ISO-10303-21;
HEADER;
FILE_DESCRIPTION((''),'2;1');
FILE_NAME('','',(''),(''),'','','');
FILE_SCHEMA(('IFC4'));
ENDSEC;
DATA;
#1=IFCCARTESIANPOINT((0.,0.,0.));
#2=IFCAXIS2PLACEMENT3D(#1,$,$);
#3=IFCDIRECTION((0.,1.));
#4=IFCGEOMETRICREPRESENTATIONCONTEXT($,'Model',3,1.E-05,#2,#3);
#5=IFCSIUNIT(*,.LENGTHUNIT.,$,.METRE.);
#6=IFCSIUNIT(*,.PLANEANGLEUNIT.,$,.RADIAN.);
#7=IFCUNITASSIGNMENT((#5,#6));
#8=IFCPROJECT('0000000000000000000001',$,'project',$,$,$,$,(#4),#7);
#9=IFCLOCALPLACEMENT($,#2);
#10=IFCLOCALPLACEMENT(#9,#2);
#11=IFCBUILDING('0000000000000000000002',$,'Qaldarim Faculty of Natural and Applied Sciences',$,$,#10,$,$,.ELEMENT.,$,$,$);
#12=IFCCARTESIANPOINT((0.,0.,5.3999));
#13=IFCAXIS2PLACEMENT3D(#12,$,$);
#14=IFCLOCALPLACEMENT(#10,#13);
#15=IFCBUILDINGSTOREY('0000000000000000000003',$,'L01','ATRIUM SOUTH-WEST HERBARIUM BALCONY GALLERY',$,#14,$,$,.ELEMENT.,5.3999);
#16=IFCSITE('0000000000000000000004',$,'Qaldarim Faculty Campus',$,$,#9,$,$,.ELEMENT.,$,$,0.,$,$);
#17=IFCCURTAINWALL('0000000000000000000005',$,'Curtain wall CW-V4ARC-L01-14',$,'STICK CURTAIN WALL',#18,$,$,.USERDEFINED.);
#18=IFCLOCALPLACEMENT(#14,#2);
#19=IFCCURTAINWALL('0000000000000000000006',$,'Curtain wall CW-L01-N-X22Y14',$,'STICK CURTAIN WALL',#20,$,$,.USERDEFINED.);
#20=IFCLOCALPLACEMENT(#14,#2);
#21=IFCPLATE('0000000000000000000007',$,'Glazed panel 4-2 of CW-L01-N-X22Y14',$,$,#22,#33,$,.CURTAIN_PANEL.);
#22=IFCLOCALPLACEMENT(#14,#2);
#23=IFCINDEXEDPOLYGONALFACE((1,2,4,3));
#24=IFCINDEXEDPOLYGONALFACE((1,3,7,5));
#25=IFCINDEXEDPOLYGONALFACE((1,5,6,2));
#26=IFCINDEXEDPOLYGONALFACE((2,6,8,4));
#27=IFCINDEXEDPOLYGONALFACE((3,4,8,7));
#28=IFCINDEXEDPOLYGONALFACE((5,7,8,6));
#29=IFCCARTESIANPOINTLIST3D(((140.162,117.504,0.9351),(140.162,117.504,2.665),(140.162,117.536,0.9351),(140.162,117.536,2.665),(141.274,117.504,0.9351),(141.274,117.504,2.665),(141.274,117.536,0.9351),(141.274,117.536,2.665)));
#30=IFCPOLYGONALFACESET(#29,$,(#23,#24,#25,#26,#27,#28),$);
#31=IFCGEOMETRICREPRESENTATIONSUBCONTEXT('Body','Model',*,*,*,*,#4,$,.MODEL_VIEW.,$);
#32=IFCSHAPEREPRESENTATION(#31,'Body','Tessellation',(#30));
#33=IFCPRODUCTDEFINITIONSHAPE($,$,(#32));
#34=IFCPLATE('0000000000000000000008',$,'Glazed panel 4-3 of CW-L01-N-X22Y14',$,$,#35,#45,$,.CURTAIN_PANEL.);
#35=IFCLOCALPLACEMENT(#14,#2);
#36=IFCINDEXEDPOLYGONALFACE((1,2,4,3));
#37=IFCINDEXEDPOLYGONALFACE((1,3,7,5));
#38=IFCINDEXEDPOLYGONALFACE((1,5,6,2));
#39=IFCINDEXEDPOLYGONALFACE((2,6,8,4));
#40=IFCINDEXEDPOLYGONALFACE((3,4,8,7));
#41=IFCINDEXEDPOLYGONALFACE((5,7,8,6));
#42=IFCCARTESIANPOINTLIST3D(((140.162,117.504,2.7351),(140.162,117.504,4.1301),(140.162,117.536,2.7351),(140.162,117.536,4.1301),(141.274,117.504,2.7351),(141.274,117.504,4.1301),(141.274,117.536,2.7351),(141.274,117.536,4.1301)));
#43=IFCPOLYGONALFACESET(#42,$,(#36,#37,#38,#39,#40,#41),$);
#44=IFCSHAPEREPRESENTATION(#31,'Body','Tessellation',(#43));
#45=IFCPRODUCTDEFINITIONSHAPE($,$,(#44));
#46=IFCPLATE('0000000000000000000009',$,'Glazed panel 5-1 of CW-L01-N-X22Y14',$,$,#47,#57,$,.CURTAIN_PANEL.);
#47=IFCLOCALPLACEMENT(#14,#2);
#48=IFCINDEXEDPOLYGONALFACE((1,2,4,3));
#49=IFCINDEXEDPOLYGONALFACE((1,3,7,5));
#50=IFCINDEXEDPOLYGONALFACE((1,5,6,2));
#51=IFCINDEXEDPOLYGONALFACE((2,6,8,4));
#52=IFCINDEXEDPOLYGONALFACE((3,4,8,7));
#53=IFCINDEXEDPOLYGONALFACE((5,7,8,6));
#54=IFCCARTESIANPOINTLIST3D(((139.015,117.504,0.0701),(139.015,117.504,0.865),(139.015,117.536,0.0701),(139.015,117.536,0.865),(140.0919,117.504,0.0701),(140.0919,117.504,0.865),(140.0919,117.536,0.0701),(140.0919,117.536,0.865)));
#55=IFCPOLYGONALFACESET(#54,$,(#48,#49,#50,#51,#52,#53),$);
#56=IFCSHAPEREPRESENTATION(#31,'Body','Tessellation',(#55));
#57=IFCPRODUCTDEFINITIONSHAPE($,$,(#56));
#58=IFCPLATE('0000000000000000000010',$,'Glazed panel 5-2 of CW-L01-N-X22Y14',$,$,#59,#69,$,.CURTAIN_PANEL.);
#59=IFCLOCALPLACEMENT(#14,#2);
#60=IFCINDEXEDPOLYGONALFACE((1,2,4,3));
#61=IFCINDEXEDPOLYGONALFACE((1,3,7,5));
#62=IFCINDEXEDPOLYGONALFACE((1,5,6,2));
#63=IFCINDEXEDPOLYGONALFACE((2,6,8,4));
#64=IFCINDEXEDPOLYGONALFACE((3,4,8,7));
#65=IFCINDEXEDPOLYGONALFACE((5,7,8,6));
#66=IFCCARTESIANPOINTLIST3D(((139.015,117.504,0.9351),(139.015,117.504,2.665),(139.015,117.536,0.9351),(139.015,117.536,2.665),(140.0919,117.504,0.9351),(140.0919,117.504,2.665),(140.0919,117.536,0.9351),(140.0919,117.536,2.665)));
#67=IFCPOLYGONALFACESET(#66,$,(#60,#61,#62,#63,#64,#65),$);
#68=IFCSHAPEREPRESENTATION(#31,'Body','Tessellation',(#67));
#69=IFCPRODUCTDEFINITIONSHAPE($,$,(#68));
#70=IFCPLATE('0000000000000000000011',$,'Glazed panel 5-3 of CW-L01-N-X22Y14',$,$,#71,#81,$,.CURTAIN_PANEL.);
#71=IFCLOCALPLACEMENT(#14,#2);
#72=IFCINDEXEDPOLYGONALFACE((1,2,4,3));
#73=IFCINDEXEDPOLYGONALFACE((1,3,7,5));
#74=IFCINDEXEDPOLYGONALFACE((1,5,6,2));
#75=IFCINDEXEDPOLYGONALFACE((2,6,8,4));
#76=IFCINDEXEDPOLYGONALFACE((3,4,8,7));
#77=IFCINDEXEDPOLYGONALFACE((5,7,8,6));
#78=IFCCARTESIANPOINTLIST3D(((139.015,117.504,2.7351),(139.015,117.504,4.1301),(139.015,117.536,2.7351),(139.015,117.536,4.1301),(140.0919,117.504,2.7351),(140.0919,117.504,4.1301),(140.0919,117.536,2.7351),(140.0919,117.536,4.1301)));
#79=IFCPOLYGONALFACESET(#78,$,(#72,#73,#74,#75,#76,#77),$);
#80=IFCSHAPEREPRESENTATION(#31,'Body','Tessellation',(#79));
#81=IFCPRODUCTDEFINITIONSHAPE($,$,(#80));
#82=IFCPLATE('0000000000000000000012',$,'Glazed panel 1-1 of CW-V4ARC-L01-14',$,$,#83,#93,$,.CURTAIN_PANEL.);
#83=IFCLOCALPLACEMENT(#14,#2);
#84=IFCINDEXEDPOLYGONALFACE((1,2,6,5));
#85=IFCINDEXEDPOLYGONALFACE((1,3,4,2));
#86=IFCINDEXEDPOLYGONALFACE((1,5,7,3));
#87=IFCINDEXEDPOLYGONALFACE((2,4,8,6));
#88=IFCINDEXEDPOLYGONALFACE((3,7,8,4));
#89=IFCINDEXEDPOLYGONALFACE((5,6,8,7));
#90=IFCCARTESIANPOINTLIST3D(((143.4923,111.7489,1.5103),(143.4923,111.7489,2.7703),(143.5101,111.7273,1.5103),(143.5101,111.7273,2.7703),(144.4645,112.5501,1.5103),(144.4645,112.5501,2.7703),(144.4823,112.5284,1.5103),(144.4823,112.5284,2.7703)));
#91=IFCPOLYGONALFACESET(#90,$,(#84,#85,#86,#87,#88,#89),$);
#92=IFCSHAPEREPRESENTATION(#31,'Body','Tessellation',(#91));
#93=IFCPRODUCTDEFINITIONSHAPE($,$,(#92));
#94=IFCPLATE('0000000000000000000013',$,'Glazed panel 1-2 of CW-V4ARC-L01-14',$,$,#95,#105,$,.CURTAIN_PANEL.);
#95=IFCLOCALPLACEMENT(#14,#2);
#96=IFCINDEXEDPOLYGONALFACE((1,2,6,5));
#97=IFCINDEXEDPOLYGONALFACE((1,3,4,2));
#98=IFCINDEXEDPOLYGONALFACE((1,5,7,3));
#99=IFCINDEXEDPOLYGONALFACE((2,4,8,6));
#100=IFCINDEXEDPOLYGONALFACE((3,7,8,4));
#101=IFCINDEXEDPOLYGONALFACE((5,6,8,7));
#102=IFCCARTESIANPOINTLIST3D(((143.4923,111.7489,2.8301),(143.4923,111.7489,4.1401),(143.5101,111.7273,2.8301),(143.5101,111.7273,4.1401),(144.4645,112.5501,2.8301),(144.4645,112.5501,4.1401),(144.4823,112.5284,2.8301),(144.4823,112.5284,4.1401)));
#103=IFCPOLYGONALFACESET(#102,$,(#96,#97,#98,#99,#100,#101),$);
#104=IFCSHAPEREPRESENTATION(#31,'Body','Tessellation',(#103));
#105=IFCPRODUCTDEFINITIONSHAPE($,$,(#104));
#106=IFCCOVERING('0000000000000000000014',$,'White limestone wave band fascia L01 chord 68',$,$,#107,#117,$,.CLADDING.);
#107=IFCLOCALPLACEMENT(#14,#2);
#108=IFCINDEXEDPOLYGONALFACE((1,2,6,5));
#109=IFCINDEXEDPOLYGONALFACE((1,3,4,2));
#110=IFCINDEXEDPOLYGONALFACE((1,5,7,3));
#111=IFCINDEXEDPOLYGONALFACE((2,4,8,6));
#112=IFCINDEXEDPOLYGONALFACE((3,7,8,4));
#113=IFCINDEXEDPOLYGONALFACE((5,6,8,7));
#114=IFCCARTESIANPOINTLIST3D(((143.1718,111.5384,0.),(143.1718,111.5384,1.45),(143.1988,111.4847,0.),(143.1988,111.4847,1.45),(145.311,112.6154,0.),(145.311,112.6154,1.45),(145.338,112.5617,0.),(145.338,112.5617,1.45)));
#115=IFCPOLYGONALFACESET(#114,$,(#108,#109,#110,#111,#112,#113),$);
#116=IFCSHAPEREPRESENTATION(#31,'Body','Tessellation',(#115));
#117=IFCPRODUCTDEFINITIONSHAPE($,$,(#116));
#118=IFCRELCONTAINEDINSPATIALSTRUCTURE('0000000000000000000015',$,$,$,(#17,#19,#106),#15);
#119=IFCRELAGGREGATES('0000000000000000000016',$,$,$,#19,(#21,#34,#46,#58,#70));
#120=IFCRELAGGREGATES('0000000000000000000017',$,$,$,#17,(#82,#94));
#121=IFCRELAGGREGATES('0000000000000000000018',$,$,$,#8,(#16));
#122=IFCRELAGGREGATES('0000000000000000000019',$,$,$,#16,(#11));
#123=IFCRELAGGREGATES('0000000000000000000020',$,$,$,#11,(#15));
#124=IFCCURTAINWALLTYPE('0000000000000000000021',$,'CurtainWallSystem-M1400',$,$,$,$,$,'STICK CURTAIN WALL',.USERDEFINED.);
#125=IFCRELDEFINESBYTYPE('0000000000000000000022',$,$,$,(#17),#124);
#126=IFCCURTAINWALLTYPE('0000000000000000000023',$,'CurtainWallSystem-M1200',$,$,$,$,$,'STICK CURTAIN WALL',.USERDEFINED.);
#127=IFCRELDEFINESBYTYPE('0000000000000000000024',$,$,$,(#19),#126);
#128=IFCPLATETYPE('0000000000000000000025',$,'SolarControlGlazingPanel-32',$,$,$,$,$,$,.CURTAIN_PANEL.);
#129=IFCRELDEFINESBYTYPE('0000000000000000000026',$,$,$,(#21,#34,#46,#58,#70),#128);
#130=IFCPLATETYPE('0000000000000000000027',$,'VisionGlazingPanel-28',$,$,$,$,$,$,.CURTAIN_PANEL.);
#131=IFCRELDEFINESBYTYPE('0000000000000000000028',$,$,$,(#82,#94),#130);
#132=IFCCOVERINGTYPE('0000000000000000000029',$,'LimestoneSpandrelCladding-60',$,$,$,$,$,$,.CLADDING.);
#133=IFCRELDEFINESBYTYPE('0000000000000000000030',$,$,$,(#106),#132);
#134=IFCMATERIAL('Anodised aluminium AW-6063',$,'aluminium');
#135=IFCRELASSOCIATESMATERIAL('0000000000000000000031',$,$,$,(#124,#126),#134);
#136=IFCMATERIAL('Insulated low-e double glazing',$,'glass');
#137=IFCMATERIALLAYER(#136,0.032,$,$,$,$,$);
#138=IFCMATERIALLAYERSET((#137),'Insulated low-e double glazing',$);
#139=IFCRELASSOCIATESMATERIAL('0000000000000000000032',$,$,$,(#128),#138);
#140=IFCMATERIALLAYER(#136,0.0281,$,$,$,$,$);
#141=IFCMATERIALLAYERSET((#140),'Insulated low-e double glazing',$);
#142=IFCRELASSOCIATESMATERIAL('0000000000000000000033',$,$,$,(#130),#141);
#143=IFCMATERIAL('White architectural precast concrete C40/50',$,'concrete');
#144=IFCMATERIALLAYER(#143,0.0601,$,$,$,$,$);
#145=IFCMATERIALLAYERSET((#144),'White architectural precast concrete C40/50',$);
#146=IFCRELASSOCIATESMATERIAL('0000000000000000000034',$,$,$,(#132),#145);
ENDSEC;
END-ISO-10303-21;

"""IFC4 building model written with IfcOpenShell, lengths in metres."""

from ifc_helpers import new_model, si_unit, direction, frame, origin, origin_2d, place, context, subcontext, project, spatial, rectangle, extrude, material, layer, layer_set, type_object, element, aggregate, save


model = new_model("IFC4")

# Units and contexts
model_context = context("Model", 3, precision=1e-05, world=origin(), true_north=direction((0.0, 1.0)))
body_context = subcontext(model_context, "Body", "Model", "MODEL_VIEW")
ifc_project = project(units=[si_unit("LENGTHUNIT", "METRE"), si_unit("PLANEANGLEUNIT", "RADIAN")], contexts=[model_context])

# Site, building, storey
site_placement = place(None, origin())
site = spatial("IfcSite", under=ifc_project, at=site_placement, Name="Qaldarim Faculty Campus", CompositionType="ELEMENT", RefElevation=0.0)
building_placement = place(site_placement, origin())
building = spatial("IfcBuilding", under=site, at=building_placement, Name="Qaldarim Faculty of Natural and Applied Sciences", CompositionType="ELEMENT")
storey_placement = place(building_placement, frame((0.0, 0.0, 5.3999)))
storey = spatial("IfcBuildingStorey", under=building, at=storey_placement, Name="L01", Description="ATRIUM SOUTH-WEST HERBARIUM BALCONY GALLERY", CompositionType="ELEMENT", Elevation=5.3999)

# Curtain wall
ifc_material_1 = material(Name="Anodised aluminium AW-6063", Category="aluminium")
curtain_wall_type_1 = type_object("IfcCurtainWallType", Name="CurtainWallSystem-M1400", ElementType="STICK CURTAIN WALL", PredefinedType="USERDEFINED", material=ifc_material_1)
curtain_wall_1_placement = place(storey_placement, origin())
curtain_wall_1 = element("IfcCurtainWall", 1, at=curtain_wall_1_placement, inside=storey, type_object=curtain_wall_type_1, Name="Curtain wall CW-V4ARC-L01-14", ObjectType="STICK CURTAIN WALL", PredefinedType="USERDEFINED")

# Curtain wall
curtain_wall_type_2 = type_object("IfcCurtainWallType", Name="CurtainWallSystem-M1200", ElementType="STICK CURTAIN WALL", PredefinedType="USERDEFINED", material=ifc_material_1)
curtain_wall_2_placement = place(storey_placement, origin())
curtain_wall_2 = element("IfcCurtainWall", 2, at=curtain_wall_2_placement, inside=storey, type_object=curtain_wall_type_2, Name="Curtain wall CW-L01-N-X22Y14", ObjectType="STICK CURTAIN WALL", PredefinedType="USERDEFINED")

# Plates
ifc_material_2 = material(Name="Insulated low-e double glazing", Category="glass")
ifc_layer_1 = layer(ifc_material_2, 0.032)
ifc_layer_set_1 = layer_set([ifc_layer_1], Name="Insulated low-e double glazing")
plate_type_1 = type_object("IfcPlateType", Name="SolarControlGlazingPanel-32", PredefinedType="CURTAIN_PANEL", material=ifc_layer_set_1)
plate_1_placement = place(storey_placement, frame((140.718, 117.52, 0.9351), z_axis=(0.0, 0.0, 1.0), x_axis=(-1.0, 0.0, 0.0)))
plate_1 = element("IfcPlate", 3, at=plate_1_placement, type_object=plate_type_1, Name="Glazed panel 4-2 of CW-L01-N-X22Y14", PredefinedType="CURTAIN_PANEL", context=body_context, shape_type="SweptSolid", body=[
    extrude(rectangle(XDim=1.1121, YDim=0.032, at=origin_2d()), origin(), (0.0, 0.0, 1.0), 1.73),
])
plate_2_placement = place(storey_placement, frame((140.718, 117.52, 2.7351), z_axis=(0.0, 0.0, 1.0), x_axis=(-1.0, 0.0, 0.0)))
plate_2 = element("IfcPlate", 4, at=plate_2_placement, type_object=plate_type_1, Name="Glazed panel 4-3 of CW-L01-N-X22Y14", PredefinedType="CURTAIN_PANEL", context=body_context, shape_type="SweptSolid", body=[
    extrude(rectangle(XDim=1.1121, YDim=0.032, at=origin_2d()), origin(), (0.0, 0.0, 1.0), 1.395),
])
plate_3_placement = place(storey_placement, frame((139.5535, 117.52, 0.0701), z_axis=(0.0, 0.0, 1.0), x_axis=(-1.0, 0.0, 0.0)))
plate_3 = element("IfcPlate", 5, at=plate_3_placement, type_object=plate_type_1, Name="Glazed panel 5-1 of CW-L01-N-X22Y14", PredefinedType="CURTAIN_PANEL", context=body_context, shape_type="SweptSolid", body=[
    extrude(rectangle(XDim=1.0769, YDim=0.032, at=origin_2d()), origin(), (0.0, 0.0, 1.0), 0.7949),
])
plate_4_placement = place(storey_placement, frame((139.5535, 117.52, 0.9351), z_axis=(0.0, 0.0, 1.0), x_axis=(-1.0, 0.0, 0.0)))
plate_4 = element("IfcPlate", 6, at=plate_4_placement, type_object=plate_type_1, Name="Glazed panel 5-2 of CW-L01-N-X22Y14", PredefinedType="CURTAIN_PANEL", context=body_context, shape_type="SweptSolid", body=[
    extrude(rectangle(XDim=1.0769, YDim=0.032, at=origin_2d()), origin(), (0.0, 0.0, 1.0), 1.73),
])
plate_5_placement = place(storey_placement, frame((139.5535, 117.52, 2.7351), z_axis=(0.0, 0.0, 1.0), x_axis=(-1.0, 0.0, 0.0)))
plate_5 = element("IfcPlate", 7, at=plate_5_placement, type_object=plate_type_1, Name="Glazed panel 5-3 of CW-L01-N-X22Y14", PredefinedType="CURTAIN_PANEL", context=body_context, shape_type="SweptSolid", body=[
    extrude(rectangle(XDim=1.0769, YDim=0.032, at=origin_2d()), origin(), (0.0, 0.0, 1.0), 1.395),
])
aggregate(curtain_wall_2, [plate_1, plate_2, plate_3, plate_4, plate_5])
ifc_layer_2 = layer(ifc_material_2, 0.0281)
ifc_layer_set_2 = layer_set([ifc_layer_2], Name="Insulated low-e double glazing")
plate_type_2 = type_object("IfcPlateType", Name="VisionGlazingPanel-28", PredefinedType="CURTAIN_PANEL", material=ifc_layer_set_2)
plate_6_placement = place(storey_placement, frame((143.9873, 112.1387, 1.5103), z_axis=(0.0, 0.0, 1.0), x_axis=(0.771747, 0.63593, 0.0)))
plate_6 = element("IfcPlate", 8, at=plate_6_placement, type_object=plate_type_2, Name="Glazed panel 1-1 of CW-V4ARC-L01-14", PredefinedType="CURTAIN_PANEL", context=body_context, shape_type="SweptSolid", body=[
    extrude(rectangle(XDim=1.2598, YDim=0.0281, at=origin_2d()), origin(), (0.0, 0.0, 1.0), 1.26),
])
plate_7_placement = place(storey_placement, frame((143.9873, 112.1387, 2.8301), z_axis=(0.0, 0.0, 1.0), x_axis=(0.771747, 0.63593, 0.0)))
plate_7 = element("IfcPlate", 9, at=plate_7_placement, type_object=plate_type_2, Name="Glazed panel 1-2 of CW-V4ARC-L01-14", PredefinedType="CURTAIN_PANEL", context=body_context, shape_type="SweptSolid", body=[
    extrude(rectangle(XDim=1.2598, YDim=0.0281, at=origin_2d()), origin(), (0.0, 0.0, 1.0), 1.3101),
])
aggregate(curtain_wall_1, [plate_6, plate_7])

# Covering
ifc_material_3 = material(Name="White architectural precast concrete C40/50", Category="concrete")
ifc_layer_3 = layer(ifc_material_3, 0.0601)
ifc_layer_set_3 = layer_set([ifc_layer_3], Name="White architectural precast concrete C40/50")
covering_type = type_object("IfcCoveringType", Name="LimestoneSpandrelCladding-60", PredefinedType="CLADDING", material=ifc_layer_set_3)
covering_placement = place(storey_placement, frame((144.2549, 112.05, 0.0), z_axis=(0.0, 0.0, 1.0), x_axis=(0.893191, 0.449678, 0.0)))
element("IfcCovering", 10, at=covering_placement, inside=storey, type_object=covering_type, Name="White limestone wave band fascia L01 chord 68", PredefinedType="CLADDING", context=body_context, shape_type="SweptSolid", body=[
    extrude(rectangle(XDim=2.395, YDim=0.0601, at=origin_2d()), origin(), (0.0, 0.0, 1.0), 1.45),
])

save(model, "model.ifc")
